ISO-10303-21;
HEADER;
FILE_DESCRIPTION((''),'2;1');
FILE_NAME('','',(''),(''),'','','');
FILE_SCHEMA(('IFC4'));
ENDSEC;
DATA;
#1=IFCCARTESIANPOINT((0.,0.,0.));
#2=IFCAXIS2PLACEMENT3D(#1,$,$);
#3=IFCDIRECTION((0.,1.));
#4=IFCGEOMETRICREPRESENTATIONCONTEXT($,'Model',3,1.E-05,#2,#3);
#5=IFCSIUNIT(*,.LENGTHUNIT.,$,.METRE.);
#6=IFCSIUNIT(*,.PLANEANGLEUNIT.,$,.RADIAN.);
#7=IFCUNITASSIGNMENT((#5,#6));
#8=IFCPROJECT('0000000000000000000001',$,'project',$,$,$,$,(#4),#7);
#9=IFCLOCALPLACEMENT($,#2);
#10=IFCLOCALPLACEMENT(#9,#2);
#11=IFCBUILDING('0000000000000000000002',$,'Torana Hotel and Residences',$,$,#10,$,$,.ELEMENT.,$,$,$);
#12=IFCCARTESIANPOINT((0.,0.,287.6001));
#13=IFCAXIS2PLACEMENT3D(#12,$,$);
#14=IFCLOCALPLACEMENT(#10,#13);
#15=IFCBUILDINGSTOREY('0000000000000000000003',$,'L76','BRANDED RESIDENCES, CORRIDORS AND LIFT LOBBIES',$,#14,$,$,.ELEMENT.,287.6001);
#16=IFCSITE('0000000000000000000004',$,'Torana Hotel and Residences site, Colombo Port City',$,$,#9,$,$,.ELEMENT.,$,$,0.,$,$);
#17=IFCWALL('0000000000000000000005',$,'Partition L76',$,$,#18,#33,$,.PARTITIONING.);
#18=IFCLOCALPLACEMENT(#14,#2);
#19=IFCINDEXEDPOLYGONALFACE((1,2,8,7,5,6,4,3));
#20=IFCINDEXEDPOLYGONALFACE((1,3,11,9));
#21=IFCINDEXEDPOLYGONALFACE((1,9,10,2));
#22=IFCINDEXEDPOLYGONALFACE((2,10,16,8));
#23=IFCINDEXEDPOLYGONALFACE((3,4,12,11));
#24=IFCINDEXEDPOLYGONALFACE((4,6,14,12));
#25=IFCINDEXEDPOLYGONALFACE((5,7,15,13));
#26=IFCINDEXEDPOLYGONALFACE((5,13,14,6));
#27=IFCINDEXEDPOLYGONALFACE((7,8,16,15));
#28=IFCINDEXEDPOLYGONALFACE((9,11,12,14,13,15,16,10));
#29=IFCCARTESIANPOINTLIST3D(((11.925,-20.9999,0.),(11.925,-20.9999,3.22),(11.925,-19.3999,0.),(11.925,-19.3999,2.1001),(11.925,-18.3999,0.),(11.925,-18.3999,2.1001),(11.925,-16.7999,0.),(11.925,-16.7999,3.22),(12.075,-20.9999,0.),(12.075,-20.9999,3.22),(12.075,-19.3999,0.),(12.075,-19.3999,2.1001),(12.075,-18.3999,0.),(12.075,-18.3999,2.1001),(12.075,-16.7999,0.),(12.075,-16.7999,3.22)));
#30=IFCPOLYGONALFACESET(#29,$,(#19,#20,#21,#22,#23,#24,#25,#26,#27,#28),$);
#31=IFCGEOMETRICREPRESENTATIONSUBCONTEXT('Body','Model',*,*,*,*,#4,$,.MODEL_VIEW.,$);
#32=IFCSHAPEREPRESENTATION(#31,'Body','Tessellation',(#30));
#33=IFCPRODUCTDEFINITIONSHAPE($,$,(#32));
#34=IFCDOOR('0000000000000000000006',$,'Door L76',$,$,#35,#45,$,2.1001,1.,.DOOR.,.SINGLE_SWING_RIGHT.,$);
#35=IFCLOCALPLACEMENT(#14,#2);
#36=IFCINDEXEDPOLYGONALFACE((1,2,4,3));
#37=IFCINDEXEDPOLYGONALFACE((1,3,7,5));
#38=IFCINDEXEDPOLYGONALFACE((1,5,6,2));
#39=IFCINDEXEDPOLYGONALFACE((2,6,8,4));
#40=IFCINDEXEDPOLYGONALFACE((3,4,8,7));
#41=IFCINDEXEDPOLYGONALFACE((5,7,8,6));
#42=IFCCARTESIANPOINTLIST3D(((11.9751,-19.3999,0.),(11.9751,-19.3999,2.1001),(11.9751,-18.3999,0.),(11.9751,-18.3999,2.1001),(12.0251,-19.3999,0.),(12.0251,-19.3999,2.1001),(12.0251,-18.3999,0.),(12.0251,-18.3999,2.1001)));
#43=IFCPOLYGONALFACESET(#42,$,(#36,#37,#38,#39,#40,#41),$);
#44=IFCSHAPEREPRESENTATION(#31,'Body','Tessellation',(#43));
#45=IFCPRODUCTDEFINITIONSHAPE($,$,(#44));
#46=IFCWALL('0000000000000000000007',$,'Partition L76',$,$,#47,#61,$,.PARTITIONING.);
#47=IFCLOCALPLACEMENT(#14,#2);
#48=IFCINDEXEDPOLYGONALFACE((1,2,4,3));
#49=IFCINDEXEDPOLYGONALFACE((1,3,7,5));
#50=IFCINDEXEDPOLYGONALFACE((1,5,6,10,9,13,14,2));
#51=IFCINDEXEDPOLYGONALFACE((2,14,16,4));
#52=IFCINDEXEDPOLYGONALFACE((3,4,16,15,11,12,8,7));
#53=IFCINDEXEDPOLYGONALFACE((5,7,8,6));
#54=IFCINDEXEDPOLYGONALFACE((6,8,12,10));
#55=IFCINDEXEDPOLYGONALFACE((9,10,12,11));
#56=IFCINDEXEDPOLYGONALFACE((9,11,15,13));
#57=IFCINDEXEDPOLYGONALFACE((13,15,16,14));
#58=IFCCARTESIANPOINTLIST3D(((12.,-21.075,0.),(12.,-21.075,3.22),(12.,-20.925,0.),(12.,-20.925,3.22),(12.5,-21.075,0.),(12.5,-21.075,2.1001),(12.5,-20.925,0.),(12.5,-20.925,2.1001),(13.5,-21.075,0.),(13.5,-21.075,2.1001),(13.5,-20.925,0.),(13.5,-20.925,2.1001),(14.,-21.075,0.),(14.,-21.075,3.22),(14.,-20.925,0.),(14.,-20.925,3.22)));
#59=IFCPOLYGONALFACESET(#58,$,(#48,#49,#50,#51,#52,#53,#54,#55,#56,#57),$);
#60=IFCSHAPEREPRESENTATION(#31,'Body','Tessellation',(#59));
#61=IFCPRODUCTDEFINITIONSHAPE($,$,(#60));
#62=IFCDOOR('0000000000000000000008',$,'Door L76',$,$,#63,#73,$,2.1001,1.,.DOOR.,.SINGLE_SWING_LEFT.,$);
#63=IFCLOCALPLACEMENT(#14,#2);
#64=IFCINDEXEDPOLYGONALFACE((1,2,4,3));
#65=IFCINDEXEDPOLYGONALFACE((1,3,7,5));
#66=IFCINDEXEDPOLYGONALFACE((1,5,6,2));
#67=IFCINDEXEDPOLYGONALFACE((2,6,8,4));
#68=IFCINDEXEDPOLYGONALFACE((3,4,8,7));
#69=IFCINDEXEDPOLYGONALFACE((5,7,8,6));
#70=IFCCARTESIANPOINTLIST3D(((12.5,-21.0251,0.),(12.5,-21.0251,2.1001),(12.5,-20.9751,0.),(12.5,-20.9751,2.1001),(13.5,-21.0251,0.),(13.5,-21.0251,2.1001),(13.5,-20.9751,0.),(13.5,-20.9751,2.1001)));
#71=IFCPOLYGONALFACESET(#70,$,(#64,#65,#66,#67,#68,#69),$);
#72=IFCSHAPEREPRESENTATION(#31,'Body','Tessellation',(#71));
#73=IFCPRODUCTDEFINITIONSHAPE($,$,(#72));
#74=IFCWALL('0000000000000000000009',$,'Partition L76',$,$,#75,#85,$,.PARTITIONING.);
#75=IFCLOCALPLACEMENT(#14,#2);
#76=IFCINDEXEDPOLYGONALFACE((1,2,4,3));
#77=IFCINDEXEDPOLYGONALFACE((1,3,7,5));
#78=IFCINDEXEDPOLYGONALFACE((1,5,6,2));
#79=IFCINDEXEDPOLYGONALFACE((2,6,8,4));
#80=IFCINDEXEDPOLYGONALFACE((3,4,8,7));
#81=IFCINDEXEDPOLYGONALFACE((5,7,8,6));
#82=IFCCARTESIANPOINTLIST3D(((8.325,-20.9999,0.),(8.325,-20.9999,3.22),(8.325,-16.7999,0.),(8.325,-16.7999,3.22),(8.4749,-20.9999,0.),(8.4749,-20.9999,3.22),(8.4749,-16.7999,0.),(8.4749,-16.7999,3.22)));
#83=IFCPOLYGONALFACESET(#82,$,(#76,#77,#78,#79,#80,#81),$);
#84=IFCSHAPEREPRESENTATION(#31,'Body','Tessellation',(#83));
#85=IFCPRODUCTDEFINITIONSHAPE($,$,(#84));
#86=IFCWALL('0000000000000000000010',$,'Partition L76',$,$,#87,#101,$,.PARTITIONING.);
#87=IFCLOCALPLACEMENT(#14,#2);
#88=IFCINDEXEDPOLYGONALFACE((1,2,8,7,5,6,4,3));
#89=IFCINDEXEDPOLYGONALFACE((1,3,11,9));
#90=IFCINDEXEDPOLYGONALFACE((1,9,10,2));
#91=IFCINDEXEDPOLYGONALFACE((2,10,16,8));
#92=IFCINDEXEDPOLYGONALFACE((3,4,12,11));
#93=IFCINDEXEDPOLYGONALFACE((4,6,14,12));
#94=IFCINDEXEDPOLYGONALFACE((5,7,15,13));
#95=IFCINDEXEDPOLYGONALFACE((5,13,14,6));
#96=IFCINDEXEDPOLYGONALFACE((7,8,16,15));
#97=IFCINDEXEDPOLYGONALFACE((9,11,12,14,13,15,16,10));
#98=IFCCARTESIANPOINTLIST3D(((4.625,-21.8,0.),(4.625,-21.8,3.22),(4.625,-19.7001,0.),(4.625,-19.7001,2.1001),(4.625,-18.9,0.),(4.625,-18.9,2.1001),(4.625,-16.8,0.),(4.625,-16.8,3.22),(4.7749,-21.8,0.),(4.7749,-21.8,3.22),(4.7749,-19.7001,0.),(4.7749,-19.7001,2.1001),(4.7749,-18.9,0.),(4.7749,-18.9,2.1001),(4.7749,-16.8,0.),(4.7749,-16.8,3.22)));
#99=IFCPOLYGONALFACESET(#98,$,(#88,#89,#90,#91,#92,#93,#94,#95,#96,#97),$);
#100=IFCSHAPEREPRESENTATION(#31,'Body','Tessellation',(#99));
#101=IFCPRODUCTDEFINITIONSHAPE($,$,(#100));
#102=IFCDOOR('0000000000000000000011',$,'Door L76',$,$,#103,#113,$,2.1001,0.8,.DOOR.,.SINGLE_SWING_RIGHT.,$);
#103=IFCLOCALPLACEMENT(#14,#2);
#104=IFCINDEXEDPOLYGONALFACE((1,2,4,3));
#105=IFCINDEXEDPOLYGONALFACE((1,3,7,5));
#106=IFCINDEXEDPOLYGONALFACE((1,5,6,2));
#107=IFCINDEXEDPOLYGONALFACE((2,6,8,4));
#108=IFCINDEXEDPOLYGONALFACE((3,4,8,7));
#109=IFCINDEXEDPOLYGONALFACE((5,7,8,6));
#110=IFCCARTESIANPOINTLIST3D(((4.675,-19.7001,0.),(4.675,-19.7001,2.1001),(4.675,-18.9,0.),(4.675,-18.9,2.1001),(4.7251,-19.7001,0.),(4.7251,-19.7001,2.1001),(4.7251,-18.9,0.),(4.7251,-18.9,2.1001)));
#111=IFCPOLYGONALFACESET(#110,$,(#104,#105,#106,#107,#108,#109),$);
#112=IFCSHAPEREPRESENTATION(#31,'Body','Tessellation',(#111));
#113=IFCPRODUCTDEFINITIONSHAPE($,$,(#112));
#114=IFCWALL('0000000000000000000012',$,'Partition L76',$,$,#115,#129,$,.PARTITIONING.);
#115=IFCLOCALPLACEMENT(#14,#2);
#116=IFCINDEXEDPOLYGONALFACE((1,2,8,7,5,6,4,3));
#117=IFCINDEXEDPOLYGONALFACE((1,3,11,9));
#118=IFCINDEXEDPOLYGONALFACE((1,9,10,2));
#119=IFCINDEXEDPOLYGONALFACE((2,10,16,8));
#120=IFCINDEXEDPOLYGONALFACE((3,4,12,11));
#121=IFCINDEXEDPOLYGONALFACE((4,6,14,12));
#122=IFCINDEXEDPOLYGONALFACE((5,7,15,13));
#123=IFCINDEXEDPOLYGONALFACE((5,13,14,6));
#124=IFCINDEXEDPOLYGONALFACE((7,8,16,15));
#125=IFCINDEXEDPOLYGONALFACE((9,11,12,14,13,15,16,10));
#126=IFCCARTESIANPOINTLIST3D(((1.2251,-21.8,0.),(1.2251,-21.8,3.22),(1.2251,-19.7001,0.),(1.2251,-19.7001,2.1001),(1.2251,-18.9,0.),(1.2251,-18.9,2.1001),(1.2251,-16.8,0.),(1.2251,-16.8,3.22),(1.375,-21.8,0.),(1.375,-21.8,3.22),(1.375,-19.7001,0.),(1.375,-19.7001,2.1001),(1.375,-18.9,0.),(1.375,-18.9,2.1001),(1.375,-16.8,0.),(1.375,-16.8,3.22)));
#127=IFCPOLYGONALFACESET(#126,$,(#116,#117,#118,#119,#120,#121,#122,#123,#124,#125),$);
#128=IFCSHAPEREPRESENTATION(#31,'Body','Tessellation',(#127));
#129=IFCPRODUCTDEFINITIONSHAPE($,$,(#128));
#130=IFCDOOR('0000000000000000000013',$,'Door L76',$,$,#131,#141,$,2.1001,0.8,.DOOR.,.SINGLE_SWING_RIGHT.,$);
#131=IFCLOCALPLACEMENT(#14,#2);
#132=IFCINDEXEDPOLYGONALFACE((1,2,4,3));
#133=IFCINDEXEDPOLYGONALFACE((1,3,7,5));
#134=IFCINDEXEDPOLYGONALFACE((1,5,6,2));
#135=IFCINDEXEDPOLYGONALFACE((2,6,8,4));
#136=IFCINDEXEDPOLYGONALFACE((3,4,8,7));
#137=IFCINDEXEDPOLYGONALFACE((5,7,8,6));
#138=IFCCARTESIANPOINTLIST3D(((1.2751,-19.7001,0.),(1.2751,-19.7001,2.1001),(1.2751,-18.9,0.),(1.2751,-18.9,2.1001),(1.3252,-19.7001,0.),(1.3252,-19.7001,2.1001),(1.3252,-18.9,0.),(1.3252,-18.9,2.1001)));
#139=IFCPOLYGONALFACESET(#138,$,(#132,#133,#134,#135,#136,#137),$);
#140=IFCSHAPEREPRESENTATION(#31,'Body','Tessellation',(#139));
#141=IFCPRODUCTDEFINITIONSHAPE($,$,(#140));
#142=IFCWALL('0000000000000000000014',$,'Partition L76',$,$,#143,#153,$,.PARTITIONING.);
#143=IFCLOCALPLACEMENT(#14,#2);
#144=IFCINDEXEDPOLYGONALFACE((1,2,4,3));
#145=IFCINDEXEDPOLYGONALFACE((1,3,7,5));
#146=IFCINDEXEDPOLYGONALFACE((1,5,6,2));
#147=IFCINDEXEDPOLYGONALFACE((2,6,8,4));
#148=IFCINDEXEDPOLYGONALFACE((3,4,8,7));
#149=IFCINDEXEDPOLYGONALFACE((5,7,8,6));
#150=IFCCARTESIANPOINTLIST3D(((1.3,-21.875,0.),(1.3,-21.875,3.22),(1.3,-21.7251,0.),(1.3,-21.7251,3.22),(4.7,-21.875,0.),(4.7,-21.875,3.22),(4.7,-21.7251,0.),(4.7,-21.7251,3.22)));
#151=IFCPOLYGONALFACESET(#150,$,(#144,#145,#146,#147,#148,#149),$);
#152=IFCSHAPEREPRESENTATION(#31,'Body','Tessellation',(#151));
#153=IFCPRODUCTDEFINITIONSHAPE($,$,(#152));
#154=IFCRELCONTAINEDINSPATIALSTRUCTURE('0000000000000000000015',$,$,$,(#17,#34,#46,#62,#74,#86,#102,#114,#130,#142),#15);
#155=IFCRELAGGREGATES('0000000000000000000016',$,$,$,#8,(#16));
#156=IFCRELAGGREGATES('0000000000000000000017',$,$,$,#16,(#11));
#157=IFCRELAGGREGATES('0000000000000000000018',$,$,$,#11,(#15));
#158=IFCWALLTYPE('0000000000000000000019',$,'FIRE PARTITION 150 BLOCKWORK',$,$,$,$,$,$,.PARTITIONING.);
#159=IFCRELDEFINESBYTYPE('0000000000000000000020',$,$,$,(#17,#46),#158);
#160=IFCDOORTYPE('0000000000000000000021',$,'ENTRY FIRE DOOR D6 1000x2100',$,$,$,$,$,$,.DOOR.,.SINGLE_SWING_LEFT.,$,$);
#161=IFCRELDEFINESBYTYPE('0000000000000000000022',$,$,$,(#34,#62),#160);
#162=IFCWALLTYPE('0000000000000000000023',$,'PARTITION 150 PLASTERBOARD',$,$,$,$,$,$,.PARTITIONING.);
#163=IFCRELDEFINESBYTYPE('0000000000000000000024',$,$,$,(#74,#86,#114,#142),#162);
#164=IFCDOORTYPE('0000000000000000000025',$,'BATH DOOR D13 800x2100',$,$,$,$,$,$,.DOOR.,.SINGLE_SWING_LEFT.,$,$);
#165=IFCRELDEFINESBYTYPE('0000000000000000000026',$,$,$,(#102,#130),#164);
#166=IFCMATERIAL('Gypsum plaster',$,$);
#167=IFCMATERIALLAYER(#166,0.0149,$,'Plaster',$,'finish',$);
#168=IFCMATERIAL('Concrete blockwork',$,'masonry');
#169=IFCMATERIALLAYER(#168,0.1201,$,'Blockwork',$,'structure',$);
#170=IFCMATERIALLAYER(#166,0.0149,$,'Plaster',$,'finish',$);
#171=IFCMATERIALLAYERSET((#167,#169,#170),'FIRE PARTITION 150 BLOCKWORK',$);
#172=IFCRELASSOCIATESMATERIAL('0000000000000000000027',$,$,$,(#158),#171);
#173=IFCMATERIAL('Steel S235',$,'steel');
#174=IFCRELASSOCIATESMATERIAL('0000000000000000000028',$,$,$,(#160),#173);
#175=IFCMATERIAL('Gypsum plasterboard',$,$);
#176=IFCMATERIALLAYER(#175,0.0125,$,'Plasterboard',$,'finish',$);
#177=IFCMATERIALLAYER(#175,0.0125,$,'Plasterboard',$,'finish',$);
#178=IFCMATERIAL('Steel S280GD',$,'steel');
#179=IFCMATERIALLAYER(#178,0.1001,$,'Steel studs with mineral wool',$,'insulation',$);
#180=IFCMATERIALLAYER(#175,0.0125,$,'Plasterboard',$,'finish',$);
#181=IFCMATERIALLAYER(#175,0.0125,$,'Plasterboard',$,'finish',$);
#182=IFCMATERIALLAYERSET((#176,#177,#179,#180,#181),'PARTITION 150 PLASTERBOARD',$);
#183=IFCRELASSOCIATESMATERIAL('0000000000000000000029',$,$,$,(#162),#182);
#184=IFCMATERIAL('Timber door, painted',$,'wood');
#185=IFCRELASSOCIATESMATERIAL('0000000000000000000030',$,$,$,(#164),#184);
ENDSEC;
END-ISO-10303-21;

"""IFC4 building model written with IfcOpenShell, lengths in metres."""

from ifc_helpers import new_model, si_unit, direction, frame, frame_2d, origin, place, context, subcontext, project, spatial, rectangle, extrude, material, layer, layer_set, type_object, element, fill, save


model = new_model("IFC4")

# Units and contexts
model_context = context("Model", 3, precision=1e-05, world=origin(), true_north=direction((0.0, 1.0)))
body_context = subcontext(model_context, "Body", "Model", "MODEL_VIEW")
ifc_project = project(units=[si_unit("LENGTHUNIT", "METRE"), si_unit("PLANEANGLEUNIT", "RADIAN")], contexts=[model_context])

# Site, building, storey
site_placement = place(None, origin())
site = spatial("IfcSite", under=ifc_project, at=site_placement, Name="Torana Hotel and Residences site, Colombo Port City", CompositionType="ELEMENT", RefElevation=0.0)
building_placement = place(site_placement, origin())
building = spatial("IfcBuilding", under=site, at=building_placement, Name="Torana Hotel and Residences", CompositionType="ELEMENT")
storey_placement = place(building_placement, frame((0.0, 0.0, 287.6001)))
storey = spatial("IfcBuildingStorey", under=building, at=storey_placement, Name="L76", Description="BRANDED RESIDENCES, CORRIDORS AND LIFT LOBBIES", CompositionType="ELEMENT", Elevation=287.6001)

# Walls, openings, doors
ifc_material_1 = material(Name="Gypsum plaster")
ifc_layer_1 = layer(ifc_material_1, 0.0149, Name="Plaster", Category="finish")
ifc_material_2 = material(Name="Concrete blockwork", Category="masonry")
ifc_layer_2 = layer(ifc_material_2, 0.1201, Name="Blockwork", Category="structure")
ifc_layer_3 = layer(ifc_material_1, 0.0149, Name="Plaster", Category="finish")
ifc_layer_set_1 = layer_set([ifc_layer_1, ifc_layer_2, ifc_layer_3], Name="FIRE PARTITION 150 BLOCKWORK")
wall_type_1 = type_object("IfcWallType", Name="FIRE PARTITION 150 BLOCKWORK", PredefinedType="PARTITIONING", material=ifc_layer_set_1)
ifc_material_3 = material(Name="Steel S235", Category="steel")
door_type_1 = type_object("IfcDoorType", Name="ENTRY FIRE DOOR D6 1000x2100", OperationType="SINGLE_SWING_LEFT", PredefinedType="DOOR", material=ifc_material_3)
wall_1_placement = place(storey_placement, frame((12.0, -21.0, 0.0), z_axis=(0.0, 0.0, 1.0), x_axis=(0.0, 1.0, 0.0)))
wall_1 = element("IfcWall", 1, at=wall_1_placement, inside=storey, type_object=wall_type_1, Name="Partition L76", PredefinedType="PARTITIONING", context=body_context, shape_type="SweptSolid", body=[
    extrude(rectangle(XDim=4.2, YDim=0.1499, at=frame_2d((2.1001, 0.0))), origin(), (0.0, 0.0, 1.0), 3.22),
])
opening_1_placement = place(wall_1_placement, frame((1.6001, 0.0, 0.0)))
opening_1 = element("IfcOpeningElement", 2, at=opening_1_placement, cuts=wall_1, PredefinedType="OPENING", context=body_context, shape_type="SweptSolid", body=[
    extrude(rectangle(XDim=1.0, YDim=2.1001, at=frame_2d((0.5, 1.05))), frame((0.0, 0.085, 0.0), z_axis=(0.0, -1.0, 0.0), x_axis=(1.0, 0.0, 0.0)), (0.0, 0.0, 1.0), 0.1699),
])
door_1_placement = place(opening_1_placement, origin())
door_1 = element("IfcDoor", 3, at=door_1_placement, inside=storey, type_object=door_type_1, Name="Door L76", OperationType="SINGLE_SWING_RIGHT", OverallHeight=2.1001, OverallWidth=1.0, PredefinedType="DOOR", context=body_context, shape_type="SweptSolid", body=[
    extrude(rectangle(XDim=1.0, YDim=2.1001, at=frame_2d((0.5, 1.05))), frame((0.0, 0.0249, 0.0), z_axis=(0.0, -1.0, 0.0), x_axis=(1.0, 0.0, 0.0)), (0.0, 0.0, 1.0), 0.05),
])
fill(opening_1, door_1)
wall_2_placement = place(storey_placement, frame((12.0, -21.0, 0.0), z_axis=(0.0, 0.0, 1.0), x_axis=(1.0, 0.0, 0.0)))
wall_2 = element("IfcWall", 4, at=wall_2_placement, inside=storey, type_object=wall_type_1, Name="Partition L76", PredefinedType="PARTITIONING", context=body_context, shape_type="SweptSolid", body=[
    extrude(rectangle(XDim=2.0, YDim=0.1499, at=frame_2d((1.0, 0.0))), origin(), (0.0, 0.0, 1.0), 3.22),
])
opening_2_placement = place(wall_2_placement, frame((0.5, 0.0, 0.0)))
opening_2 = element("IfcOpeningElement", 5, at=opening_2_placement, cuts=wall_2, PredefinedType="OPENING", context=body_context, shape_type="SweptSolid", body=[
    extrude(rectangle(XDim=1.0, YDim=2.1001, at=frame_2d((0.5, 1.05))), frame((0.0, 0.085, 0.0), z_axis=(0.0, -1.0, 0.0), x_axis=(1.0, 0.0, 0.0)), (0.0, 0.0, 1.0), 0.1699),
])
door_2_placement = place(opening_2_placement, frame((0.5, 0.0, 0.0), z_axis=(0.0, 0.0, 1.0), x_axis=(-1.0, 0.0, 0.0)))
door_2 = element("IfcDoor", 6, at=door_2_placement, inside=storey, type_object=door_type_1, Name="Door L76", OperationType="SINGLE_SWING_LEFT", OverallHeight=2.1001, OverallWidth=1.0, PredefinedType="DOOR", context=body_context, shape_type="SweptSolid", body=[
    extrude(rectangle(XDim=1.0, YDim=2.1001, at=frame_2d((0.0, 1.05))), frame((0.0, -0.0249, 0.0), z_axis=(0.0, 1.0, 0.0), x_axis=(-1.0, 0.0, 0.0)), (0.0, 0.0, 1.0), 0.05),
])
fill(opening_2, door_2)

# Wall
ifc_material_4 = material(Name="Gypsum plasterboard")
ifc_layer_4 = layer(ifc_material_4, 0.0125, Name="Plasterboard", Category="finish")
ifc_layer_5 = layer(ifc_material_4, 0.0125, Name="Plasterboard", Category="finish")
ifc_material_5 = material(Name="Steel S280GD", Category="steel")
ifc_layer_6 = layer(ifc_material_5, 0.1001, Name="Steel studs with mineral wool", Category="insulation")
ifc_layer_7 = layer(ifc_material_4, 0.0125, Name="Plasterboard", Category="finish")
ifc_layer_8 = layer(ifc_material_4, 0.0125, Name="Plasterboard", Category="finish")
ifc_layer_set_2 = layer_set([ifc_layer_4, ifc_layer_5, ifc_layer_6, ifc_layer_7, ifc_layer_8], Name="PARTITION 150 PLASTERBOARD")
wall_type_2 = type_object("IfcWallType", Name="PARTITION 150 PLASTERBOARD", PredefinedType="PARTITIONING", material=ifc_layer_set_2)
wall_3_placement = place(storey_placement, frame((8.3999, -21.0, 0.0), z_axis=(0.0, 0.0, 1.0), x_axis=(0.0, 1.0, 0.0)))
element("IfcWall", 7, at=wall_3_placement, inside=storey, type_object=wall_type_2, Name="Partition L76", PredefinedType="PARTITIONING", context=body_context, shape_type="SweptSolid", body=[
    extrude(rectangle(XDim=4.2, YDim=0.1499, at=frame_2d((2.1001, 0.0))), origin(), (0.0, 0.0, 1.0), 3.22),
])

# Walls, openings, doors
wall_4_placement = place(storey_placement, frame((4.7, -21.8, 0.0), z_axis=(0.0, 0.0, 1.0), x_axis=(0.0, 1.0, 0.0)))
wall_4 = element("IfcWall", 8, at=wall_4_placement, inside=storey, type_object=wall_type_2, Name="Partition L76", PredefinedType="PARTITIONING", context=body_context, shape_type="SweptSolid", body=[
    extrude(rectangle(XDim=5.0, YDim=0.1499, at=frame_2d((2.5, 0.0))), origin(), (0.0, 0.0, 1.0), 3.22),
])
opening_3_placement = place(wall_4_placement, frame((2.1001, 0.0, 0.0)))
opening_3 = element("IfcOpeningElement", 9, at=opening_3_placement, cuts=wall_4, PredefinedType="OPENING", context=body_context, shape_type="SweptSolid", body=[
    extrude(rectangle(XDim=0.8, YDim=2.1001, at=frame_2d((0.3999, 1.05))), frame((0.0, 0.085, 0.0), z_axis=(0.0, -1.0, 0.0), x_axis=(1.0, 0.0, 0.0)), (0.0, 0.0, 1.0), 0.1699),
])
ifc_material_6 = material(Name="Timber door, painted", Category="wood")
door_type_2 = type_object("IfcDoorType", Name="BATH DOOR D13 800x2100", OperationType="SINGLE_SWING_LEFT", PredefinedType="DOOR", material=ifc_material_6)
door_3_placement = place(opening_3_placement, origin())
door_3 = element("IfcDoor", 10, at=door_3_placement, inside=storey, type_object=door_type_2, Name="Door L76", OperationType="SINGLE_SWING_RIGHT", OverallHeight=2.1001, OverallWidth=0.8, PredefinedType="DOOR", context=body_context, shape_type="SweptSolid", body=[
    extrude(rectangle(XDim=0.8, YDim=2.1001, at=frame_2d((0.3999, 1.05))), frame((0.0, 0.0249, 0.0), z_axis=(0.0, -1.0, 0.0), x_axis=(1.0, 0.0, 0.0)), (0.0, 0.0, 1.0), 0.05),
])
fill(opening_3, door_3)
wall_5_placement = place(storey_placement, frame((1.3, -21.8, 0.0), z_axis=(0.0, 0.0, 1.0), x_axis=(0.0, 1.0, 0.0)))
wall_5 = element("IfcWall", 11, at=wall_5_placement, inside=storey, type_object=wall_type_2, Name="Partition L76", PredefinedType="PARTITIONING", context=body_context, shape_type="SweptSolid", body=[
    extrude(rectangle(XDim=5.0, YDim=0.1499, at=frame_2d((2.5, 0.0))), origin(), (0.0, 0.0, 1.0), 3.22),
])
opening_4_placement = place(wall_5_placement, frame((2.1001, 0.0, 0.0)))
opening_4 = element("IfcOpeningElement", 12, at=opening_4_placement, cuts=wall_5, PredefinedType="OPENING", context=body_context, shape_type="SweptSolid", body=[
    extrude(rectangle(XDim=0.8, YDim=2.1001, at=frame_2d((0.3999, 1.05))), frame((0.0, 0.085, 0.0), z_axis=(0.0, -1.0, 0.0), x_axis=(1.0, 0.0, 0.0)), (0.0, 0.0, 1.0), 0.1699),
])
door_4_placement = place(opening_4_placement, origin())
door_4 = element("IfcDoor", 13, at=door_4_placement, inside=storey, type_object=door_type_2, Name="Door L76", OperationType="SINGLE_SWING_RIGHT", OverallHeight=2.1001, OverallWidth=0.8, PredefinedType="DOOR", context=body_context, shape_type="SweptSolid", body=[
    extrude(rectangle(XDim=0.8, YDim=2.1001, at=frame_2d((0.3999, 1.05))), frame((0.0, 0.0249, 0.0), z_axis=(0.0, -1.0, 0.0), x_axis=(1.0, 0.0, 0.0)), (0.0, 0.0, 1.0), 0.05),
])
fill(opening_4, door_4)

# Wall
wall_6_placement = place(storey_placement, frame((1.3, -21.8, 0.0), z_axis=(0.0, 0.0, 1.0), x_axis=(1.0, 0.0, 0.0)))
element("IfcWall", 14, at=wall_6_placement, inside=storey, type_object=wall_type_2, Name="Partition L76", PredefinedType="PARTITIONING", context=body_context, shape_type="SweptSolid", body=[
    extrude(rectangle(XDim=3.3999, YDim=0.1499, at=frame_2d((1.7, 0.0))), origin(), (0.0, 0.0, 1.0), 3.22),
])

save(model, "model.ifc")
